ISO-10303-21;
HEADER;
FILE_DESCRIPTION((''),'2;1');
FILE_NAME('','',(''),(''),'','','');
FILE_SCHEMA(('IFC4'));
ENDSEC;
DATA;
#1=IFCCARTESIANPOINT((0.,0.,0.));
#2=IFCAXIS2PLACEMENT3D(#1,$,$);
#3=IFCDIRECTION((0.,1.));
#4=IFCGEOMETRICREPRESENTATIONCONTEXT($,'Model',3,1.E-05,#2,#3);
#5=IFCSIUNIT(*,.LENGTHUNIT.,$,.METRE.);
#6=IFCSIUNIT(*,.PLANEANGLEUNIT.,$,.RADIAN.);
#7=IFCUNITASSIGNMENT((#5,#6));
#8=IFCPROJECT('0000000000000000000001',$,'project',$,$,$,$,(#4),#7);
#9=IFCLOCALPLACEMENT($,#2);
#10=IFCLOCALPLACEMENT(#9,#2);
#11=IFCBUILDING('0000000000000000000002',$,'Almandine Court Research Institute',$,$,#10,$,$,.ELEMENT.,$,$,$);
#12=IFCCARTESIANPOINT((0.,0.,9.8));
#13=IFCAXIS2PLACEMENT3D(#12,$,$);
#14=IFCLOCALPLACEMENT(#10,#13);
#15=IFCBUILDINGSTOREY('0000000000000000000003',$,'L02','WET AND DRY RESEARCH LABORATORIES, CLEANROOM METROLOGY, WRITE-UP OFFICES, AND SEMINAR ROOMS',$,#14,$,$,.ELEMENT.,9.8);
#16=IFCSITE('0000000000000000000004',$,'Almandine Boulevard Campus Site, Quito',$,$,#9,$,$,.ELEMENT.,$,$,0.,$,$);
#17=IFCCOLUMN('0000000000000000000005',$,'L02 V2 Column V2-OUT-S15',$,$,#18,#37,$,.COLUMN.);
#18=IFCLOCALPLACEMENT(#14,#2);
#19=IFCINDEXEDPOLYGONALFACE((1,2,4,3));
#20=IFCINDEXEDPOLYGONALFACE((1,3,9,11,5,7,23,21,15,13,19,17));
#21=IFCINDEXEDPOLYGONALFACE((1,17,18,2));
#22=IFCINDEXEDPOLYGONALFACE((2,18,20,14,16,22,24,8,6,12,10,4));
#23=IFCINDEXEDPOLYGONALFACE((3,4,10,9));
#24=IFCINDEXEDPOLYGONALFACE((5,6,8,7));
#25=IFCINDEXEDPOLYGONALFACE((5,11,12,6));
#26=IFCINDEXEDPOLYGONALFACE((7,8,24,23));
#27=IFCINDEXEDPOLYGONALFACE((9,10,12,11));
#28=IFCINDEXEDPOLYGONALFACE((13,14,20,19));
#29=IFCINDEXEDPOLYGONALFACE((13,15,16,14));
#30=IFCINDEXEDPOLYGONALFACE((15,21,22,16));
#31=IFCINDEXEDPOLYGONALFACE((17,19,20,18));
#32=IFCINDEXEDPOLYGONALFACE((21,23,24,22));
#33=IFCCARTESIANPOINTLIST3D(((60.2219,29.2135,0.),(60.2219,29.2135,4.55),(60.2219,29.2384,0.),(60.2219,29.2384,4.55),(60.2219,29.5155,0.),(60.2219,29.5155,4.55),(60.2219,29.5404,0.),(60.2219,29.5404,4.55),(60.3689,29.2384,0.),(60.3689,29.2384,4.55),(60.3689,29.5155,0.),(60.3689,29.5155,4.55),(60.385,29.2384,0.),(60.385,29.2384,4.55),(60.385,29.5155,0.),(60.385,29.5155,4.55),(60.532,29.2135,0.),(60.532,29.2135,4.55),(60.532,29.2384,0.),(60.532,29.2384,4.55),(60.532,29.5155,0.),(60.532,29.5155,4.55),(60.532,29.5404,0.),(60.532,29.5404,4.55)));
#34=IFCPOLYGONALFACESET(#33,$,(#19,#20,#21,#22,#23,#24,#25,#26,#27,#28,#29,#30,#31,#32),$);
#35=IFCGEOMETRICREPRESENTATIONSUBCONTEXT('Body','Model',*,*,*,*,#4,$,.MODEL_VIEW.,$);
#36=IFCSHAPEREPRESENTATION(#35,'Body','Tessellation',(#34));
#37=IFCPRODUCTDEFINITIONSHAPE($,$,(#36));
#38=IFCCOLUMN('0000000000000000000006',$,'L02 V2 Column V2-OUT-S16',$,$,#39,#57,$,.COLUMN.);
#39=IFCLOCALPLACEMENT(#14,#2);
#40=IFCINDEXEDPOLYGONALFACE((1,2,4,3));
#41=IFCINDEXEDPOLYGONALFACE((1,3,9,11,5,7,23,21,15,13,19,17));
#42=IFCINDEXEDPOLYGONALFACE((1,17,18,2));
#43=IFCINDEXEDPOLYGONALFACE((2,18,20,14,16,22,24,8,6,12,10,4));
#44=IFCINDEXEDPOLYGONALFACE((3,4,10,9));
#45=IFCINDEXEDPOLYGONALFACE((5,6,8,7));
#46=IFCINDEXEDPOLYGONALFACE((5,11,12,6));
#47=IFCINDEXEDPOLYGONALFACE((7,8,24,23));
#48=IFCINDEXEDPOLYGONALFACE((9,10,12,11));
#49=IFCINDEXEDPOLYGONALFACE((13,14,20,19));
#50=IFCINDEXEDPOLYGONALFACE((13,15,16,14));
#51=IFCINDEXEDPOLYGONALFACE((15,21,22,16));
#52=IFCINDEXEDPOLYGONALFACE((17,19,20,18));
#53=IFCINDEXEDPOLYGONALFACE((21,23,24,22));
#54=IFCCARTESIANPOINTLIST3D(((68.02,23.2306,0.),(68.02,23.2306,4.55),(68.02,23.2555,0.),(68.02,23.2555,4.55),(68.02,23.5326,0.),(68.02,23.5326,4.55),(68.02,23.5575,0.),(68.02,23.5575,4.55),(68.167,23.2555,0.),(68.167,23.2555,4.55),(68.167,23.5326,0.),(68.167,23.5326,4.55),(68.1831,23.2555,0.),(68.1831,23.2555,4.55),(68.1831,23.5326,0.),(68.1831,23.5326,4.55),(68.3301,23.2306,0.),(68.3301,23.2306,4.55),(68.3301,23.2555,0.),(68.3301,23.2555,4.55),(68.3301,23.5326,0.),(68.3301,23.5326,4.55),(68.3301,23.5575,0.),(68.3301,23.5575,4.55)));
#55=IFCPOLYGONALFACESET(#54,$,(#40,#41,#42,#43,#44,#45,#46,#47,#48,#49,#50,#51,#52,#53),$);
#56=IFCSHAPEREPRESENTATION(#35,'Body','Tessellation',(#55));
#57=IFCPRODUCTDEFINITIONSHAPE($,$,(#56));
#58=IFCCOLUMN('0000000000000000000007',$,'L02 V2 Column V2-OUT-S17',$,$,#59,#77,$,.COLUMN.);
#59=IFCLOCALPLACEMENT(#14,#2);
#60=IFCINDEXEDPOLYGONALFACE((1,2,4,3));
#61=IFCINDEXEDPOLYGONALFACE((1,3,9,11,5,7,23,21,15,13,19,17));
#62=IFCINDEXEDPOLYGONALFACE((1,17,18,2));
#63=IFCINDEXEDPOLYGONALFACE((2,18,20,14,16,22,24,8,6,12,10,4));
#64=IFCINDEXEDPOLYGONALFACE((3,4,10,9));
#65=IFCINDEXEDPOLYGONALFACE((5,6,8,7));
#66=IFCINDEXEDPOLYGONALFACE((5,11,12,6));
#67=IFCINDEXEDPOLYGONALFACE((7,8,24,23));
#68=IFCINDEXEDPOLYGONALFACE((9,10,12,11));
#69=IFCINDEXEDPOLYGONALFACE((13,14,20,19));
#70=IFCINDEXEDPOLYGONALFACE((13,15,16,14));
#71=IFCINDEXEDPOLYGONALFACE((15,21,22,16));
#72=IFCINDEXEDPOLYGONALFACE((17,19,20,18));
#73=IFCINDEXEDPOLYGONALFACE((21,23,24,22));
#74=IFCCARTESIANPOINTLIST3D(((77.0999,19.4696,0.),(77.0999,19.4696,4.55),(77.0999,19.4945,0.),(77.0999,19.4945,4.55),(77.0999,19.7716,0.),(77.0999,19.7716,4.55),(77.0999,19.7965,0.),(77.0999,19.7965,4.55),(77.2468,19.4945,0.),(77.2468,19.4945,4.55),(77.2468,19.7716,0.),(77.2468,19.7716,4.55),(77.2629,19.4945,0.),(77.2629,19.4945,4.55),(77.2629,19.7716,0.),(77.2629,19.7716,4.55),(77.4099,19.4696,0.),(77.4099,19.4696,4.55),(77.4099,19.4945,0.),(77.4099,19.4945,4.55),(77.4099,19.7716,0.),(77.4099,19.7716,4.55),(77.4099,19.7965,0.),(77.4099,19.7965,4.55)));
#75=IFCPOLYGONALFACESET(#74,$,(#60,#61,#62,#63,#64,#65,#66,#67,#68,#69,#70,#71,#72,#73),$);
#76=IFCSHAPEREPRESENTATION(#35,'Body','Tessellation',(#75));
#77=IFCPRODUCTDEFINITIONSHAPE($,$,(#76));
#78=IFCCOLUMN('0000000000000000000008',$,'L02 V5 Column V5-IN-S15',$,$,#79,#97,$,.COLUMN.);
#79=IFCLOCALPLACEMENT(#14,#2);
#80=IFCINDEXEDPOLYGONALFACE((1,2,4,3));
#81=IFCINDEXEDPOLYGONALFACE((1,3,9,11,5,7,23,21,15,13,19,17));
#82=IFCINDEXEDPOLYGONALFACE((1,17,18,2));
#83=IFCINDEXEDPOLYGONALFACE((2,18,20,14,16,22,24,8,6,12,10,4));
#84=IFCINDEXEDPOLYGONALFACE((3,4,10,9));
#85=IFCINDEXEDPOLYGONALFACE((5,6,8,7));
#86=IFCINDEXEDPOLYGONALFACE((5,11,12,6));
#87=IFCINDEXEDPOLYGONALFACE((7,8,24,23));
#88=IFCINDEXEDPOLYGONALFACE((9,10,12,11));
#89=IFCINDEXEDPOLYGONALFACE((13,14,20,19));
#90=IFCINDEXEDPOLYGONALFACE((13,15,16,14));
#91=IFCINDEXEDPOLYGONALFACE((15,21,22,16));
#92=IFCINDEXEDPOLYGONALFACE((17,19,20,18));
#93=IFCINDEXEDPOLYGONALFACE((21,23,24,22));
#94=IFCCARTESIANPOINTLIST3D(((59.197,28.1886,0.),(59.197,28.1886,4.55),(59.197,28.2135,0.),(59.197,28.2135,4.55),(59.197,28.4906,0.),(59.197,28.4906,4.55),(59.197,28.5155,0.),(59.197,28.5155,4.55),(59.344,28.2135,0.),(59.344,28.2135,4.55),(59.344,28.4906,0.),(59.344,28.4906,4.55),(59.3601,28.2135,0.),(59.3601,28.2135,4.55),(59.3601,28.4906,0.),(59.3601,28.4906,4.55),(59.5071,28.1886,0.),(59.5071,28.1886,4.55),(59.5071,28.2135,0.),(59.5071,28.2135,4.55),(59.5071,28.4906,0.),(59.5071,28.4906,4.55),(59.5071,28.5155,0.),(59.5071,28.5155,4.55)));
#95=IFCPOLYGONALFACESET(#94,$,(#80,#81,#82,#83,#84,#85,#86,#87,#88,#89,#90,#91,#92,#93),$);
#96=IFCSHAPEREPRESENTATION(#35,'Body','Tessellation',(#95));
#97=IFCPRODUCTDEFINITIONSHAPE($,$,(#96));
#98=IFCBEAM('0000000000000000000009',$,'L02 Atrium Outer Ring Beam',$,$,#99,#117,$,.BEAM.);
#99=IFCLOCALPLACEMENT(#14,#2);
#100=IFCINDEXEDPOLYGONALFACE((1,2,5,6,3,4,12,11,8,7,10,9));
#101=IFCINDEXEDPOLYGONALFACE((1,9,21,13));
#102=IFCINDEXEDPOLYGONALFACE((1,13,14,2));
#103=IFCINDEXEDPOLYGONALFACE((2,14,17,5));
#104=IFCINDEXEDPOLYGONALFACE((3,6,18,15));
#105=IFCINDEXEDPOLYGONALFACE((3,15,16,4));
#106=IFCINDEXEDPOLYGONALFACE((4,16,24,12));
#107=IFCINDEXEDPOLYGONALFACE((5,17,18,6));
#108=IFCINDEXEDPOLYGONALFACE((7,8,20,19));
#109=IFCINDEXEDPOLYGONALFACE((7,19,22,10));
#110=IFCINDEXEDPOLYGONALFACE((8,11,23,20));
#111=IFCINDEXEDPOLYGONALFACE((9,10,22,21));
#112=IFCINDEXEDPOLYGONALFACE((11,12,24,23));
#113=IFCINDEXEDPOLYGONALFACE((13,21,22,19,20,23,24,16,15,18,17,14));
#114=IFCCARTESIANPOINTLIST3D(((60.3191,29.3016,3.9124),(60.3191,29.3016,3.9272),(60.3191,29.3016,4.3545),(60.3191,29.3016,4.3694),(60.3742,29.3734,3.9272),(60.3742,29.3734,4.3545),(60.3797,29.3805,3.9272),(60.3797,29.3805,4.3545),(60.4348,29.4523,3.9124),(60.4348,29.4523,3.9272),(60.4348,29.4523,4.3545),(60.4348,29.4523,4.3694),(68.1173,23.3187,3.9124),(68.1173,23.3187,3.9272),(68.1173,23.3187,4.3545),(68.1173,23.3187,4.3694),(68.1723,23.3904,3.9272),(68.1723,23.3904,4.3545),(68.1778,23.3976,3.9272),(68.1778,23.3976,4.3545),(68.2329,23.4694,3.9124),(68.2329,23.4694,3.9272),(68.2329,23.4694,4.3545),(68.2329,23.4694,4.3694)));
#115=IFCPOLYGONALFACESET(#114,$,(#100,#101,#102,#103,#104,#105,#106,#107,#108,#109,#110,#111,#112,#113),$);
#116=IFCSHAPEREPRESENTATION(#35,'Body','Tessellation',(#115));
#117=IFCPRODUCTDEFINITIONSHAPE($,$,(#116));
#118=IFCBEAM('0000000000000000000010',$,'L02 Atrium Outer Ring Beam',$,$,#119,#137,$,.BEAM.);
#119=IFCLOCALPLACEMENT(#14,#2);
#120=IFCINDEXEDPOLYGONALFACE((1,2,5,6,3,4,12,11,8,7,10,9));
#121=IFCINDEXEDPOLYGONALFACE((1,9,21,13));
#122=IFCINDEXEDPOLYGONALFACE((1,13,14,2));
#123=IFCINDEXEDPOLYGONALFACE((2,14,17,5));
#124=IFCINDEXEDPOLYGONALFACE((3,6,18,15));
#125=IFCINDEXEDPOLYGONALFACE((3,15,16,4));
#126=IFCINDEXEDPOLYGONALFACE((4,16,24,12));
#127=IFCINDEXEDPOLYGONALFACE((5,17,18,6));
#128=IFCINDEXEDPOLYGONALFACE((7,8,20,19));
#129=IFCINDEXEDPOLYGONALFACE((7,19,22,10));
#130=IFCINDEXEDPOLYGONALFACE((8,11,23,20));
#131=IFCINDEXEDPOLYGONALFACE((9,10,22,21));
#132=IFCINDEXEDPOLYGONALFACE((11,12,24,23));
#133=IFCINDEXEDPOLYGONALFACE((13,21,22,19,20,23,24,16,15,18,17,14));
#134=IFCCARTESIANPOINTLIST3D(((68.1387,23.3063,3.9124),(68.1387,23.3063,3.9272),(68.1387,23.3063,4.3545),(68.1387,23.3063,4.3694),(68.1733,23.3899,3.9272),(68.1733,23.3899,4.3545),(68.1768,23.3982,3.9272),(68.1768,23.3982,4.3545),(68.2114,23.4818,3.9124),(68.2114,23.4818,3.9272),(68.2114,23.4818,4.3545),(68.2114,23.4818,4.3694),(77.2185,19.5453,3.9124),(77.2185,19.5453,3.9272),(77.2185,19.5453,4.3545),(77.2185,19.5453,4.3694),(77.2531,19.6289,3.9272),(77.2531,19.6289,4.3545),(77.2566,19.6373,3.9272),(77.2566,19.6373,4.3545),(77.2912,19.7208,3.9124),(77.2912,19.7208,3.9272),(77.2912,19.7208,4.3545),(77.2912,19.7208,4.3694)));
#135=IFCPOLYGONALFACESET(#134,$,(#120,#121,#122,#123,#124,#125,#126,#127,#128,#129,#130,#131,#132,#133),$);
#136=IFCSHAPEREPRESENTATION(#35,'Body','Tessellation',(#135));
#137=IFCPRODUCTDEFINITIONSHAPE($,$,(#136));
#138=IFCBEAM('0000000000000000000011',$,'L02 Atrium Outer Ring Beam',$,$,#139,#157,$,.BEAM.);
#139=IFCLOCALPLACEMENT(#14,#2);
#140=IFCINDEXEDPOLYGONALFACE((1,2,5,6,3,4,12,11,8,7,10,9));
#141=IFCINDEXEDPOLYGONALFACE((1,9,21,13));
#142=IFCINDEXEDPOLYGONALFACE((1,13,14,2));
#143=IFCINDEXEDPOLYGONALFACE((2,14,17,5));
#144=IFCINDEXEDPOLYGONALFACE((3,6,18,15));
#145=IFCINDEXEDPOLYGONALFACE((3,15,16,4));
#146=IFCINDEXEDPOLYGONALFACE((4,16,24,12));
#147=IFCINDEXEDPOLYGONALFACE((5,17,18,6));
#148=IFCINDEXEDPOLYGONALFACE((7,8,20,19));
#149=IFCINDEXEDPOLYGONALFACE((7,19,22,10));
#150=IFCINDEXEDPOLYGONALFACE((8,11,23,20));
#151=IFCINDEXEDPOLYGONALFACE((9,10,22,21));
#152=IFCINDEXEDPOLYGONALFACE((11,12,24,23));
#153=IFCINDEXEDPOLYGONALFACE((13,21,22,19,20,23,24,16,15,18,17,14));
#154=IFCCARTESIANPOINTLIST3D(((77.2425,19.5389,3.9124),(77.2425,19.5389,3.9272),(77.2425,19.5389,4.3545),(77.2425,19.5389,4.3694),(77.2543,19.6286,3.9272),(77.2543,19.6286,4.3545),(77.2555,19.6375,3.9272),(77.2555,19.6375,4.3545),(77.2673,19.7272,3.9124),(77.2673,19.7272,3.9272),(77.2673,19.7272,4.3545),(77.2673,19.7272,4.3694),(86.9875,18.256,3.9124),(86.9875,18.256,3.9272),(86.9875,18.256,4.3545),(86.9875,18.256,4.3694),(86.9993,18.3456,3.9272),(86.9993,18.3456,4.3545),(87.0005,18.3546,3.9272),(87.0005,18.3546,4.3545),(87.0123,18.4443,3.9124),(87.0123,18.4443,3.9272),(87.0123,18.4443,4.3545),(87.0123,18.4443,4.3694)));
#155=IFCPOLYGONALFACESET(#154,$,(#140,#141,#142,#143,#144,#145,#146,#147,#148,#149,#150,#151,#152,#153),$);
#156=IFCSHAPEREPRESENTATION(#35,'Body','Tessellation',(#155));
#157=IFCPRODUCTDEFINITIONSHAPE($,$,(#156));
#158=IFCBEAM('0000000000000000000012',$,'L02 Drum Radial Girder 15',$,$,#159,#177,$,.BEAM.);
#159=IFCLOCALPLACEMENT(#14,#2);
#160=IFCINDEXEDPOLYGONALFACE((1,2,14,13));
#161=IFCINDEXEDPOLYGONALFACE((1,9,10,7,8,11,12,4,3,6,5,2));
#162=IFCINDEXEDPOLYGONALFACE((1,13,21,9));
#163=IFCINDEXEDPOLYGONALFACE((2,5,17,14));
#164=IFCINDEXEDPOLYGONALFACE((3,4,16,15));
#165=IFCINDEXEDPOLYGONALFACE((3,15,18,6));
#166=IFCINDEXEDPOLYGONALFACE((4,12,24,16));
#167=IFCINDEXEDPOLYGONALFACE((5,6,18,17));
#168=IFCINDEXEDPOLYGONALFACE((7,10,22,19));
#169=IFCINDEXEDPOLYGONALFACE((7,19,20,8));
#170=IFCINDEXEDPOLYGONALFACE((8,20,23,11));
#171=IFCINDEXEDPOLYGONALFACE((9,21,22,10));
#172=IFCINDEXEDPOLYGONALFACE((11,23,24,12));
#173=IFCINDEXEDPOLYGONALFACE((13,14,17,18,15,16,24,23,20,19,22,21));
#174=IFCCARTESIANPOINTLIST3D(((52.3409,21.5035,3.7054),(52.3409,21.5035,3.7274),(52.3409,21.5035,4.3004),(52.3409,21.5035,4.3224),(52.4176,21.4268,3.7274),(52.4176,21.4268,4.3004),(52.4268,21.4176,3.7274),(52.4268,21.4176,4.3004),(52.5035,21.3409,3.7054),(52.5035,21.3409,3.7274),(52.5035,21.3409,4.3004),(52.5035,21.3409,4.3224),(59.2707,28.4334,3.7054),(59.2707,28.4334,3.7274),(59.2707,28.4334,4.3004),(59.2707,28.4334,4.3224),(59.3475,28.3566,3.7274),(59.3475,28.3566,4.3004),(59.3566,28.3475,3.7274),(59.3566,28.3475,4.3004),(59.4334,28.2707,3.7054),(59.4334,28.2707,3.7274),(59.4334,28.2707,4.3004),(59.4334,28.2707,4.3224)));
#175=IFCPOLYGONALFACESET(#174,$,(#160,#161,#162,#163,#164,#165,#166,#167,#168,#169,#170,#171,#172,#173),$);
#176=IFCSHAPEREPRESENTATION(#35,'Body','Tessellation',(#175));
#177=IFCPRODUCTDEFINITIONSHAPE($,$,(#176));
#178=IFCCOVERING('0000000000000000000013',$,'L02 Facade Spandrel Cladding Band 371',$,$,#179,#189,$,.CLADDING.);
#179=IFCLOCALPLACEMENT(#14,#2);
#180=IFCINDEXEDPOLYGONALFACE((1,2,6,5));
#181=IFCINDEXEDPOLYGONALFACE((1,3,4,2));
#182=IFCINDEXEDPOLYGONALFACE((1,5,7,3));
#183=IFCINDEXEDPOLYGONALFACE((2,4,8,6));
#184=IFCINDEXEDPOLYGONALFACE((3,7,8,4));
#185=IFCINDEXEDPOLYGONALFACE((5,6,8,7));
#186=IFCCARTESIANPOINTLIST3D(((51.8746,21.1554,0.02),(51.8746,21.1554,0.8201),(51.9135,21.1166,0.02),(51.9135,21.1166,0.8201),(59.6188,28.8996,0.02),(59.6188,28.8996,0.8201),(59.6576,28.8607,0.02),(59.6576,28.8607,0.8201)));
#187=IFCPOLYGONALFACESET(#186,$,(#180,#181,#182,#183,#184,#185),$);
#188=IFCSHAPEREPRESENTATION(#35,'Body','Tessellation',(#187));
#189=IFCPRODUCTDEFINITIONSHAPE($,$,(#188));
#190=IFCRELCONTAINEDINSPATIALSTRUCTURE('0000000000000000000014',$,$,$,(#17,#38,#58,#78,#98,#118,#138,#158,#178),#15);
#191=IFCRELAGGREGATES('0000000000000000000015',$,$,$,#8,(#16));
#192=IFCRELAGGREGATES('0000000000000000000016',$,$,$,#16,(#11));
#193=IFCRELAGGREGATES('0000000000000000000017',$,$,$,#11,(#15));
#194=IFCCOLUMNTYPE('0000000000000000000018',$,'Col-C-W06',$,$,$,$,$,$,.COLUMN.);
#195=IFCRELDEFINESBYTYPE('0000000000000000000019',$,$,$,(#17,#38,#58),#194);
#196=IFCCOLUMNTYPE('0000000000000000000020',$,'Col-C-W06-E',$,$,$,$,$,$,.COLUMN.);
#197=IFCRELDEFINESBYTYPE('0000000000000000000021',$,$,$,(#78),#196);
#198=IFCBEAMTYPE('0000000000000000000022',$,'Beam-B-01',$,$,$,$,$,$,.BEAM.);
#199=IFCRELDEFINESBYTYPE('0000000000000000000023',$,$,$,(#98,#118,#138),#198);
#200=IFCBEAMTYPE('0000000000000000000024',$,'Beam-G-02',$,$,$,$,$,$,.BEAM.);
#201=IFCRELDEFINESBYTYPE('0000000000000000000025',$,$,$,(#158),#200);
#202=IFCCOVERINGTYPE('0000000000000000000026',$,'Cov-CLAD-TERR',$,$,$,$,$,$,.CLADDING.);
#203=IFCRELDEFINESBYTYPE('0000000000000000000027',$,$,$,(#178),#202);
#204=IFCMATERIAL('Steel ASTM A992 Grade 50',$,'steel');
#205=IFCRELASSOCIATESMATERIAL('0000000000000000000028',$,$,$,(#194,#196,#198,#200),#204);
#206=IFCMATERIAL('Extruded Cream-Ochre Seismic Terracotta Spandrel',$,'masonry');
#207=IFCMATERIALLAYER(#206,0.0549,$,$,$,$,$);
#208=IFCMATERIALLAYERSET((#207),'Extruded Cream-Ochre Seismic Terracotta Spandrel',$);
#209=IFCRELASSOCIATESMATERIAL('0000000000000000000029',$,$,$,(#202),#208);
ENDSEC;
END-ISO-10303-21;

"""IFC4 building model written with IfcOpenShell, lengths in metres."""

from ifc_helpers import new_model, si_unit, direction, frame, origin, origin_2d, place, context, subcontext, project, spatial, rectangle, i_section, extrude, material, layer, layer_set, material_profile, profile_set, type_object, element, save


model = new_model("IFC4")

# Units and contexts
model_context = context("Model", 3, precision=1e-05, world=origin(), true_north=direction((0.0, 1.0)))
body_context = subcontext(model_context, "Body", "Model", "MODEL_VIEW")
ifc_project = project(units=[si_unit("LENGTHUNIT", "METRE"), si_unit("PLANEANGLEUNIT", "RADIAN")], contexts=[model_context])

# Site, building, storey
site_placement = place(None, origin())
site = spatial("IfcSite", under=ifc_project, at=site_placement, Name="Almandine Boulevard Campus Site, Quito", CompositionType="ELEMENT", RefElevation=0.0)
building_placement = place(site_placement, origin())
building = spatial("IfcBuilding", under=site, at=building_placement, Name="Almandine Court Research Institute", CompositionType="ELEMENT")
storey_placement = place(building_placement, frame((0.0, 0.0, 9.8)))
storey = spatial("IfcBuildingStorey", under=building, at=storey_placement, Name="L02", Description="WET AND DRY RESEARCH LABORATORIES, CLEANROOM METROLOGY, WRITE-UP OFFICES, AND SEMINAR ROOMS", CompositionType="ELEMENT", Elevation=9.8)

# Columns
ifc_material_1 = material(Name="Steel ASTM A992 Grade 50", Category="steel")
ifc_material_profile_1 = material_profile(ifc_material_1, i_section(OverallWidth=0.3101, OverallDepth=0.3269, WebThickness=0.0161, FlangeThickness=0.0249, at=origin_2d()), Name="W310x158")
ifc_profile_set_1 = profile_set([ifc_material_profile_1], Name="Steel ASTM A992 Grade 50")
column_type_1 = type_object("IfcColumnType", Name="Col-C-W06", PredefinedType="COLUMN", material=ifc_profile_set_1)
for number, where, z_axis, x_axis, name in (
    (1, (60.377, 29.377, 0.0), (0.0, 0.0, 1.0), (1.0, 0.0, 0.0), "L02 V2 Column V2-OUT-S15"),
    (2, (68.175, 23.394, 0.0), (0.0, 0.0, 1.0), (1.0, 0.0, 0.0), "L02 V2 Column V2-OUT-S16"),
    (3, (77.2549, 19.6331, 0.0), (0.0, 0.0, 1.0), (1.0, 0.0, 0.0), "L02 V2 Column V2-OUT-S17"),
):
    element("IfcColumn", number, at=place(storey_placement, frame(where, z_axis=z_axis, x_axis=x_axis)), inside=storey, type_object=column_type_1, Name=name, PredefinedType="COLUMN", context=body_context, shape_type="SweptSolid", body=[
        extrude(i_section(OverallWidth=0.3101, OverallDepth=0.3269, WebThickness=0.0161, FlangeThickness=0.0249, at=origin_2d()), origin(), (0.0, 0.0, 1.0), 4.55),
    ])
ifc_material_profile_2 = material_profile(ifc_material_1, i_section(OverallWidth=0.3101, OverallDepth=0.3269, WebThickness=0.0161, FlangeThickness=0.0249, at=origin_2d()), Name="W310x158")
ifc_profile_set_2 = profile_set([ifc_material_profile_2], Name="Steel ASTM A992 Grade 50")
column_type_2 = type_object("IfcColumnType", Name="Col-C-W06-E", PredefinedType="COLUMN", material=ifc_profile_set_2)
column_placement = place(storey_placement, frame((59.3521, 28.3521, 0.0), z_axis=(0.0, 0.0, 1.0), x_axis=(1.0, 0.0, 0.0)))
element("IfcColumn", 4, at=column_placement, inside=storey, type_object=column_type_2, Name="L02 V5 Column V5-IN-S15", PredefinedType="COLUMN", context=body_context, shape_type="SweptSolid", body=[
    extrude(i_section(OverallWidth=0.3101, OverallDepth=0.3269, WebThickness=0.0161, FlangeThickness=0.0249, at=origin_2d()), origin(), (0.0, 0.0, 1.0), 4.55),
])

# Beams
ifc_material_profile_3 = material_profile(ifc_material_1, i_section(OverallWidth=0.1899, OverallDepth=0.457, WebThickness=0.009, FlangeThickness=0.0149, at=origin_2d()), Name="W460x74")
ifc_profile_set_3 = profile_set([ifc_material_profile_3], Name="Steel ASTM A992 Grade 50")
beam_type_1 = type_object("IfcBeamType", Name="Beam-B-01", PredefinedType="BEAM", material=ifc_profile_set_3)
beam_1_placement = place(storey_placement, frame((60.377, 29.377, 4.1409), z_axis=(0.793392, -0.608712, 0.0), x_axis=(0.608712, 0.793392, 0.0)))
element("IfcBeam", 5, at=beam_1_placement, inside=storey, type_object=beam_type_1, Name="L02 Atrium Outer Ring Beam", PredefinedType="BEAM", context=body_context, shape_type="SweptSolid", body=[
    extrude(i_section(OverallWidth=0.1899, OverallDepth=0.457, WebThickness=0.009, FlangeThickness=0.0149, at=origin_2d()), origin(), (0.0, 0.0, 1.0), 9.8289),
])
beam_2_placement = place(storey_placement, frame((68.175, 23.394, 4.1409), z_axis=(0.92388, -0.382683, 0.0), x_axis=(0.382683, 0.92388, 0.0)))
element("IfcBeam", 6, at=beam_2_placement, inside=storey, type_object=beam_type_1, Name="L02 Atrium Outer Ring Beam", PredefinedType="BEAM", context=body_context, shape_type="SweptSolid", body=[
    extrude(i_section(OverallWidth=0.1899, OverallDepth=0.457, WebThickness=0.009, FlangeThickness=0.0149, at=origin_2d()), origin(), (0.0, 0.0, 1.0), 9.8279),
])
beam_3_placement = place(storey_placement, frame((77.2549, 19.6331, 4.1409), z_axis=(0.991445, -0.130525, 0.0), x_axis=(0.130525, 0.991445, 0.0)))
element("IfcBeam", 7, at=beam_3_placement, inside=storey, type_object=beam_type_1, Name="L02 Atrium Outer Ring Beam", PredefinedType="BEAM", context=body_context, shape_type="SweptSolid", body=[
    extrude(i_section(OverallWidth=0.1899, OverallDepth=0.457, WebThickness=0.009, FlangeThickness=0.0149, at=origin_2d()), origin(), (0.0, 0.0, 1.0), 9.8291),
])
ifc_material_profile_4 = material_profile(ifc_material_1, i_section(OverallWidth=0.23, OverallDepth=0.6169, WebThickness=0.0129, FlangeThickness=0.022, at=origin_2d()), Name="W610x140")
ifc_profile_set_4 = profile_set([ifc_material_profile_4], Name="Steel ASTM A992 Grade 50")
beam_type_2 = type_object("IfcBeamType", Name="Beam-G-02", PredefinedType="BEAM", material=ifc_profile_set_4)
beam_4_placement = place(storey_placement, frame((59.3521, 28.3521, 4.0139), z_axis=(-0.707107, -0.707107, 0.0), x_axis=(0.707107, -0.707107, 0.0)))
element("IfcBeam", 8, at=beam_4_placement, inside=storey, type_object=beam_type_2, Name="L02 Drum Radial Girder 15", PredefinedType="BEAM", context=body_context, shape_type="SweptSolid", body=[
    extrude(i_section(OverallWidth=0.23, OverallDepth=0.6169, WebThickness=0.0129, FlangeThickness=0.022, at=origin_2d()), origin(), (0.0, 0.0, 1.0), 9.8003),
])

# Covering
ifc_material_2 = material(Name="Extruded Cream-Ochre Seismic Terracotta Spandrel", Category="masonry")
ifc_layer = layer(ifc_material_2, 0.0549)
ifc_layer_set = layer_set([ifc_layer], Name="Extruded Cream-Ochre Seismic Terracotta Spandrel")
covering_type = type_object("IfcCoveringType", Name="Cov-CLAD-TERR", PredefinedType="CLADDING", material=ifc_layer_set)
covering_placement = place(storey_placement, frame((55.7661, 25.0081, 0.02), z_axis=(0.0, 0.0, 1.0), x_axis=(0.707107, 0.707107, 0.0)))
element("IfcCovering", 9, at=covering_placement, inside=storey, type_object=covering_type, Name="L02 Facade Spandrel Cladding Band 371", PredefinedType="CLADDING", context=body_context, shape_type="SweptSolid", body=[
    extrude(rectangle(XDim=10.9519, YDim=0.0549, at=origin_2d()), origin(), (0.0, 0.0, 1.0), 0.8),
])

save(model, "model.ifc")
